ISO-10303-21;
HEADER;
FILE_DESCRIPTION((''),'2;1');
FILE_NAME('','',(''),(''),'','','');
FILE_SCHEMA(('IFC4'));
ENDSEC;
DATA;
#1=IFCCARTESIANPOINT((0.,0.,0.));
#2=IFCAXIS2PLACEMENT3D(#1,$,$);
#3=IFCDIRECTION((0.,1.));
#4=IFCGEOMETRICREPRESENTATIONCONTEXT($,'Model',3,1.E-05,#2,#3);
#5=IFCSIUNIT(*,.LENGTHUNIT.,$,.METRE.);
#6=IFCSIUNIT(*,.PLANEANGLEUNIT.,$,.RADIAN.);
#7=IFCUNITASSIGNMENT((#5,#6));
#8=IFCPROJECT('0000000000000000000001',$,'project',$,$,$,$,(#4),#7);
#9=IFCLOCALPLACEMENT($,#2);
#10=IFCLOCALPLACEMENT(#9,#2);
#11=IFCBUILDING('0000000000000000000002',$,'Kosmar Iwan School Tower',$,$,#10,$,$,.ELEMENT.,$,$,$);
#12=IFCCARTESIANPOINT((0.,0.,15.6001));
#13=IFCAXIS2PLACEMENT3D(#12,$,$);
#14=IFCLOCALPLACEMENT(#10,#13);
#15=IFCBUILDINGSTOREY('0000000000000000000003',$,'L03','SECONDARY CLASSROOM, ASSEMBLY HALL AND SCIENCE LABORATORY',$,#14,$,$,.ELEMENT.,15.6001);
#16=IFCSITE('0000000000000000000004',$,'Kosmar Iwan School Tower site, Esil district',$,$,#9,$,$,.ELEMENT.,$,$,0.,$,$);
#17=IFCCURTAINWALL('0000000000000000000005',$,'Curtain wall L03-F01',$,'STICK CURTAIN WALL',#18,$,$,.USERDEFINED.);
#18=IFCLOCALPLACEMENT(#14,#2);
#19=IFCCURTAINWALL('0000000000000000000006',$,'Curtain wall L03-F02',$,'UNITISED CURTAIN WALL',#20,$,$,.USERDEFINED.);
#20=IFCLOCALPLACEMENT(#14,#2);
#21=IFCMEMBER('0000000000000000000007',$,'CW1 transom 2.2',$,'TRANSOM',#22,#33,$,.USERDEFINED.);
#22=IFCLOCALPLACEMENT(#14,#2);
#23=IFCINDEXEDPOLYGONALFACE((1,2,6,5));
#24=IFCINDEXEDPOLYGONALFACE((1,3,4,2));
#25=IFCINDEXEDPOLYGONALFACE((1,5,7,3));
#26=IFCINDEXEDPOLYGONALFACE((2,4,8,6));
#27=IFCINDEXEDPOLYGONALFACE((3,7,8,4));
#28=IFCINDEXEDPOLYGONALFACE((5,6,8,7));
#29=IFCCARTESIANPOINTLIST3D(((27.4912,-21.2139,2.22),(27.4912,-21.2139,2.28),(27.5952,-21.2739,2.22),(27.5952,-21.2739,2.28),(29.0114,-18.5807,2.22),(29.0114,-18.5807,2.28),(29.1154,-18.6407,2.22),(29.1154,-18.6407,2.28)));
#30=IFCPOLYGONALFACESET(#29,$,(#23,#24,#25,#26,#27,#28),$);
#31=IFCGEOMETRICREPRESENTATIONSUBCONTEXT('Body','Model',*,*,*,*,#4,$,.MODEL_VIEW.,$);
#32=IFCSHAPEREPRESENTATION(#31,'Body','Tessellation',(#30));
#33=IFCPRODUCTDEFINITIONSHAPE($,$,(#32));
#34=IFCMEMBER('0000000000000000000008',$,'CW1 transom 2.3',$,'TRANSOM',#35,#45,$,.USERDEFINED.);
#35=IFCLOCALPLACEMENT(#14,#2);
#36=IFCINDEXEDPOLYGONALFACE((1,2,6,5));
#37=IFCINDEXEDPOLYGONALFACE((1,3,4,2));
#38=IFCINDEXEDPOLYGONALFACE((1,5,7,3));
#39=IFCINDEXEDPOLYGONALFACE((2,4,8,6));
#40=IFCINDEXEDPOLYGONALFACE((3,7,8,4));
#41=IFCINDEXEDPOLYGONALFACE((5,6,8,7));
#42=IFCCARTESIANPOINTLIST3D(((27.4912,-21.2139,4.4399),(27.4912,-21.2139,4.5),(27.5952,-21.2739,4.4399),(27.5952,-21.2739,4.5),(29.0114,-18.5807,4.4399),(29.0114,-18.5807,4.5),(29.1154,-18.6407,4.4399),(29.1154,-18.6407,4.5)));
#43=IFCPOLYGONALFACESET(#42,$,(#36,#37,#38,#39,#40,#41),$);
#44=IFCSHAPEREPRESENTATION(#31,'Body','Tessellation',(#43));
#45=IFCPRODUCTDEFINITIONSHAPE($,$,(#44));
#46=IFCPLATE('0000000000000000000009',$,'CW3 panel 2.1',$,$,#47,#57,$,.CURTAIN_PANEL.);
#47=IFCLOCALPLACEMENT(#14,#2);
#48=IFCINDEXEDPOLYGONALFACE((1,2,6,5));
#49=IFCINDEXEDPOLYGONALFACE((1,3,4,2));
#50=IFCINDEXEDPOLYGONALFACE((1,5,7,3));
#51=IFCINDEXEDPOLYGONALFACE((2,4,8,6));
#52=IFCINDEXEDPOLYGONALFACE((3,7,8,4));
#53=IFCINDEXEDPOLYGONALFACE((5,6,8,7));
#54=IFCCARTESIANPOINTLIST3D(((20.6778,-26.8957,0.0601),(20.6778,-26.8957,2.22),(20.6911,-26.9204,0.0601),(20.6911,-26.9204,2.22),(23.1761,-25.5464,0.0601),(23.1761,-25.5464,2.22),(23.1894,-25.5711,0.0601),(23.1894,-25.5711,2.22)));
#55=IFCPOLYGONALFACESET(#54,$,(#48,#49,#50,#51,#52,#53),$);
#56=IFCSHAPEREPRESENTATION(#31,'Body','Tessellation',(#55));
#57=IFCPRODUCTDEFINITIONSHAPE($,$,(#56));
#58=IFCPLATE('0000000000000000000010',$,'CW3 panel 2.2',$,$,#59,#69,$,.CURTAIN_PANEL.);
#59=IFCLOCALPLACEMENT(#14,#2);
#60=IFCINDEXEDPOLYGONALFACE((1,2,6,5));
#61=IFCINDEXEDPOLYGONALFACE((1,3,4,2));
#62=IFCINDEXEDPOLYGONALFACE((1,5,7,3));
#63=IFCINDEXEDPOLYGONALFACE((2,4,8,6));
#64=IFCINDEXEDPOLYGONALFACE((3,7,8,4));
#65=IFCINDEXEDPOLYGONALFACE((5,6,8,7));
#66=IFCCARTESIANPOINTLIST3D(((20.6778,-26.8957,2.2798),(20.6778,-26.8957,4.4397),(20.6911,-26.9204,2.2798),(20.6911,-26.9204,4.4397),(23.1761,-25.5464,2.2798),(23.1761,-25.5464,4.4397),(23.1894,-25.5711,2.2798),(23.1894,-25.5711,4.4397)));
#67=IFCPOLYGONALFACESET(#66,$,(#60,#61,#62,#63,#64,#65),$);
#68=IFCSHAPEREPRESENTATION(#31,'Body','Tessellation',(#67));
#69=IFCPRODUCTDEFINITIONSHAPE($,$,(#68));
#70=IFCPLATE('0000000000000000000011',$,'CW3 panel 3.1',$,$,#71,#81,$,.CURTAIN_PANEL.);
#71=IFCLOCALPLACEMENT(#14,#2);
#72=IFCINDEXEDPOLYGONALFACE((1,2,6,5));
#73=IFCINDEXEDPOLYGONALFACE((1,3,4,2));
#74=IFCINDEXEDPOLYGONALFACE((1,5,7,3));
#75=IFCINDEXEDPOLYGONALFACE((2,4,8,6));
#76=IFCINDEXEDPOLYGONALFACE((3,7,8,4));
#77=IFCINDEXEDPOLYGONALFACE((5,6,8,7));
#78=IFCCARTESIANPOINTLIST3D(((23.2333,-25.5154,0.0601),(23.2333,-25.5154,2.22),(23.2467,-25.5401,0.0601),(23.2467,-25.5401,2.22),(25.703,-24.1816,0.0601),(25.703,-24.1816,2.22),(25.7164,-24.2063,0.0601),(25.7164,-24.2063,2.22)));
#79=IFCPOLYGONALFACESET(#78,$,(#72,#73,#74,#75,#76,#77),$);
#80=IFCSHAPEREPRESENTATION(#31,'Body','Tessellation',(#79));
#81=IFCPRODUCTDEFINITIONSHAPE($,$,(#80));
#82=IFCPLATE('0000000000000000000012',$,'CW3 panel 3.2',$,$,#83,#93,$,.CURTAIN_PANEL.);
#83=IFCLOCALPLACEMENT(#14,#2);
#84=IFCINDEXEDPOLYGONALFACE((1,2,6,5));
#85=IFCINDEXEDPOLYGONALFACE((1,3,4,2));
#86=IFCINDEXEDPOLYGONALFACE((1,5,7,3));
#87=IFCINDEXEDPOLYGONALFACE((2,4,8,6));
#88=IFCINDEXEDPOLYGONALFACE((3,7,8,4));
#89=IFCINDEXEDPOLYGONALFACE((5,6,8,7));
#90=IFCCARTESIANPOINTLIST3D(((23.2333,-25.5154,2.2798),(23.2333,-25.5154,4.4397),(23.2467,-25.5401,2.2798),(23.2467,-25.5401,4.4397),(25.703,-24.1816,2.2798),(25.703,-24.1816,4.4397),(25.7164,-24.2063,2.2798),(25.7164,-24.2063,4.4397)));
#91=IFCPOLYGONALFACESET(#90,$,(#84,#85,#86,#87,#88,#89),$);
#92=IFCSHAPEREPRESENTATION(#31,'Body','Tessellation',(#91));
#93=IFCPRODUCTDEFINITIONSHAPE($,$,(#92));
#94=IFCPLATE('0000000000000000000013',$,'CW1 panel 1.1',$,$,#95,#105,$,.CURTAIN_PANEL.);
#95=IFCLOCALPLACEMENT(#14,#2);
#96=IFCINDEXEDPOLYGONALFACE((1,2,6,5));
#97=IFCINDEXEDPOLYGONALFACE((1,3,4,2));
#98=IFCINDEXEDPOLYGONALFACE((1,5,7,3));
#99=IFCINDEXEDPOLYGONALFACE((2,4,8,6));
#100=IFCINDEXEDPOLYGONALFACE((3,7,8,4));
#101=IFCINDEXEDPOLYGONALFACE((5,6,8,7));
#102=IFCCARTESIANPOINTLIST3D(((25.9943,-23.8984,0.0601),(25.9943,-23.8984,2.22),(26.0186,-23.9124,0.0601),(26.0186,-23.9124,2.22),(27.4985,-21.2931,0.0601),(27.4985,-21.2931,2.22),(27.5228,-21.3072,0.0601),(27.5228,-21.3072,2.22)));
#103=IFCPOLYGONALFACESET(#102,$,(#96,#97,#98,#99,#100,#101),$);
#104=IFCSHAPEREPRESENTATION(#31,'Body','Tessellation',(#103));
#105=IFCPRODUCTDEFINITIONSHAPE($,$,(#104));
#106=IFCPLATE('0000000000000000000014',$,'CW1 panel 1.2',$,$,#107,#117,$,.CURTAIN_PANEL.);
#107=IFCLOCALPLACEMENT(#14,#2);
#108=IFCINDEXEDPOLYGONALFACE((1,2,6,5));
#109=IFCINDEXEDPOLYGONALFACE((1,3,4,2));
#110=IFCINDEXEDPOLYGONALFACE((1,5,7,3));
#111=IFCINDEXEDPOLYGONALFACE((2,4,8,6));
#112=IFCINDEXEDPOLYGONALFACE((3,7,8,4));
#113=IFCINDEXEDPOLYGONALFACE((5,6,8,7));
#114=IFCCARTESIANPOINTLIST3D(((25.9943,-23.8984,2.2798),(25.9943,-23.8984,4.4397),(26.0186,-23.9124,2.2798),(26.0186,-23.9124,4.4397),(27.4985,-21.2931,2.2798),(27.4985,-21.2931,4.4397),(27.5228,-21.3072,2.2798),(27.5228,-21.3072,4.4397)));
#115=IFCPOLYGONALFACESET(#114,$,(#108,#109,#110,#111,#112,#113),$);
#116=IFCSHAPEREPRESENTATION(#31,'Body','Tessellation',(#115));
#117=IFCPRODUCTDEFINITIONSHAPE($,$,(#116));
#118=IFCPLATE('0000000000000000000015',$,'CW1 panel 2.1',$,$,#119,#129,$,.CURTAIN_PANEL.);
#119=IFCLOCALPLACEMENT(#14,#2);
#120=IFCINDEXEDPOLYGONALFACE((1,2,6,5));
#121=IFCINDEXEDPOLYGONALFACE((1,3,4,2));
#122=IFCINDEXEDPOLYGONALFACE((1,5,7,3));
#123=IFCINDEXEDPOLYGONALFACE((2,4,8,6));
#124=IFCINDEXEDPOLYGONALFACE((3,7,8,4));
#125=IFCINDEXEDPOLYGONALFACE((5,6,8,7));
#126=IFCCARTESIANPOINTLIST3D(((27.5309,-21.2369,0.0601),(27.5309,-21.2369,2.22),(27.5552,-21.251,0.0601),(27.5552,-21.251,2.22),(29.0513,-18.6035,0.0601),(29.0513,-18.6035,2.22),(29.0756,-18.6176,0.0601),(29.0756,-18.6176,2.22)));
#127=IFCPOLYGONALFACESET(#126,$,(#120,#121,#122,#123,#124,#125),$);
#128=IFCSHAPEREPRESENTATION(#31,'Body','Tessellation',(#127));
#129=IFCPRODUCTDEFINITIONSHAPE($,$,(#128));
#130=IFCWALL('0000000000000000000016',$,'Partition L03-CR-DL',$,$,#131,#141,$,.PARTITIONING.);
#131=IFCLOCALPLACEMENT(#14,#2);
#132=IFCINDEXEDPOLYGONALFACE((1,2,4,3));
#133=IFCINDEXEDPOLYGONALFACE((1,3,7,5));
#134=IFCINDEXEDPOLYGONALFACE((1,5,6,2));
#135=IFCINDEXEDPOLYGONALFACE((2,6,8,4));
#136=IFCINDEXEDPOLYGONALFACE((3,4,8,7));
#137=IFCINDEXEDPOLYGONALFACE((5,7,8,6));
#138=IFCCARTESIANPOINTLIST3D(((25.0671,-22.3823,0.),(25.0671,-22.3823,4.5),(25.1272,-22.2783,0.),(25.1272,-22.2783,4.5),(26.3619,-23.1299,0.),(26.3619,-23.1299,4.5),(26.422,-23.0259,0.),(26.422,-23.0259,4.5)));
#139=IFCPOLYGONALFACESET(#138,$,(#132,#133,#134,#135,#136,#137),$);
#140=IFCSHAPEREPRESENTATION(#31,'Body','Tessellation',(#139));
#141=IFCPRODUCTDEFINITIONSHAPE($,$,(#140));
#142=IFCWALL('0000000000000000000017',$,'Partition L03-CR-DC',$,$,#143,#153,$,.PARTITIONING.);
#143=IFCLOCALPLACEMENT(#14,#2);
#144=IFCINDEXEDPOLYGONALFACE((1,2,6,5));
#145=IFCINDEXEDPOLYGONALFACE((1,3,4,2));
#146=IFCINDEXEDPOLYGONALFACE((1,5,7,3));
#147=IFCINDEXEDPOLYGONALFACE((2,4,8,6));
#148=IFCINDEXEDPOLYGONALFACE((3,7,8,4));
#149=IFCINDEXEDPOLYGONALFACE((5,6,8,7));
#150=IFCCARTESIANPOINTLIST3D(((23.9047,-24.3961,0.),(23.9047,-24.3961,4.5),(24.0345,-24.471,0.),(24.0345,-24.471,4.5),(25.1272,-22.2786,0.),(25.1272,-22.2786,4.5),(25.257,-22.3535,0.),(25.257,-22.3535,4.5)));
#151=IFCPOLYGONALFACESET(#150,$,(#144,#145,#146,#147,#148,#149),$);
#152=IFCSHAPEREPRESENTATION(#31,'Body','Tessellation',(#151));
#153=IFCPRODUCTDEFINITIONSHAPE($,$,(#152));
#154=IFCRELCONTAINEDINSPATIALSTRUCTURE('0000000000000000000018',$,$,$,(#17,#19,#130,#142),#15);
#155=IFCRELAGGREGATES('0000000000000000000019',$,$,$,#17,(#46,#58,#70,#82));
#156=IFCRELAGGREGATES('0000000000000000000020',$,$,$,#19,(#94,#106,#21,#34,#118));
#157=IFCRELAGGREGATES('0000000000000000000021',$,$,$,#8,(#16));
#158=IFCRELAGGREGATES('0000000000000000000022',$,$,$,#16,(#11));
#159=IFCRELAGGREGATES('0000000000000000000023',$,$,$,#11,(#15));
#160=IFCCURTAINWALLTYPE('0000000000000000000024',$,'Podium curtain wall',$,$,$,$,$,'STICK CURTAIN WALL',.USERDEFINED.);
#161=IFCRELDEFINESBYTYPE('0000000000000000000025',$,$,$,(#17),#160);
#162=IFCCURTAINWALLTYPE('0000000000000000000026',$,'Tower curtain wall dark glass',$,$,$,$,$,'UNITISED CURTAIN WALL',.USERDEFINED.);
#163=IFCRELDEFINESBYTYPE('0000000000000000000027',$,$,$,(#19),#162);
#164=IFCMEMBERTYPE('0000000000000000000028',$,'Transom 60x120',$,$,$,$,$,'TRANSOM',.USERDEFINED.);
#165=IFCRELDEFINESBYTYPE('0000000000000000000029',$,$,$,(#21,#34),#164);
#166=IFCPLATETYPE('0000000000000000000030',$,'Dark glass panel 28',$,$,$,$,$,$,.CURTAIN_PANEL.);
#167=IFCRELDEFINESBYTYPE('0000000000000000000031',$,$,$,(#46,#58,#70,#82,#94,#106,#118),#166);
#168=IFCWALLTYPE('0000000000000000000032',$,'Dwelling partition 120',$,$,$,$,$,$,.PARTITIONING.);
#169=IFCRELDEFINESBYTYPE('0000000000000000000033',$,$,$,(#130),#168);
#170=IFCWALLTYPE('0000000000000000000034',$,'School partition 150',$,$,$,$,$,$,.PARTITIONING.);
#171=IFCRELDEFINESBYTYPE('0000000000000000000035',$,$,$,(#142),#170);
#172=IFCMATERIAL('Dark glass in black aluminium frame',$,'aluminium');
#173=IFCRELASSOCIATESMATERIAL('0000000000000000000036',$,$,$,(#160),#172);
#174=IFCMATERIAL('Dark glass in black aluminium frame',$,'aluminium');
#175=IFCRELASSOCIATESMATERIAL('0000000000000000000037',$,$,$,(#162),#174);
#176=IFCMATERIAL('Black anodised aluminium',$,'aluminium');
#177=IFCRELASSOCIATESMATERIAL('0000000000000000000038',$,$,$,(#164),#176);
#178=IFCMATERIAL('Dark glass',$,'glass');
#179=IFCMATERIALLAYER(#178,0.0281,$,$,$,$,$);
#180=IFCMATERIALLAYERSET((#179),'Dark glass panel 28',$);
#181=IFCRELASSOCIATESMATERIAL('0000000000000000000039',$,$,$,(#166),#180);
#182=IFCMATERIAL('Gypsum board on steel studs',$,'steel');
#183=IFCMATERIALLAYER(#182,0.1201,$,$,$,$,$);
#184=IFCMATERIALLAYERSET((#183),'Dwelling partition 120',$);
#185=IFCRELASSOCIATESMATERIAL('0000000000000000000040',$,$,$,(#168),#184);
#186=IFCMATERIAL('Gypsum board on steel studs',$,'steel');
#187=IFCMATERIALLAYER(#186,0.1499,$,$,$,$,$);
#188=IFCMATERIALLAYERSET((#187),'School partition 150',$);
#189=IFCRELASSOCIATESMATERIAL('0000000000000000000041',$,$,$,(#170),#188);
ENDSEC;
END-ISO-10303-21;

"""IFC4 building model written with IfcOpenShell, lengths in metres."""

from ifc_helpers import new_model, si_unit, direction, frame, frame_2d, origin, origin_2d, place, context, subcontext, project, spatial, rectangle, extrude, material, layer, layer_set, material_profile, profile_set, type_object, element, aggregate, save


model = new_model("IFC4")

# Units and contexts
model_context = context("Model", 3, precision=1e-05, world=origin(), true_north=direction((0.0, 1.0)))
body_context = subcontext(model_context, "Body", "Model", "MODEL_VIEW")
ifc_project = project(units=[si_unit("LENGTHUNIT", "METRE"), si_unit("PLANEANGLEUNIT", "RADIAN")], contexts=[model_context])

# Site, building, storey
site_placement = place(None, origin())
site = spatial("IfcSite", under=ifc_project, at=site_placement, Name="Kosmar Iwan School Tower site, Esil district", CompositionType="ELEMENT", RefElevation=0.0)
building_placement = place(site_placement, origin())
building = spatial("IfcBuilding", under=site, at=building_placement, Name="Kosmar Iwan School Tower", CompositionType="ELEMENT")
storey_placement = place(building_placement, frame((0.0, 0.0, 15.6001)))
storey = spatial("IfcBuildingStorey", under=building, at=storey_placement, Name="L03", Description="SECONDARY CLASSROOM, ASSEMBLY HALL AND SCIENCE LABORATORY", CompositionType="ELEMENT", Elevation=15.6001)

# Curtain walls
ifc_material_1 = material(Name="Dark glass in black aluminium frame", Category="aluminium")
curtain_wall_type_1 = type_object("IfcCurtainWallType", Name="Podium curtain wall", ElementType="STICK CURTAIN WALL", PredefinedType="USERDEFINED", material=ifc_material_1)
curtain_wall_1_placement = place(storey_placement, origin())
curtain_wall_1 = element("IfcCurtainWall", 1, at=curtain_wall_1_placement, inside=storey, type_object=curtain_wall_type_1, Name="Curtain wall L03-F01", ObjectType="STICK CURTAIN WALL", PredefinedType="USERDEFINED")
ifc_material_2 = material(Name="Dark glass in black aluminium frame", Category="aluminium")
curtain_wall_type_2 = type_object("IfcCurtainWallType", Name="Tower curtain wall dark glass", ElementType="UNITISED CURTAIN WALL", PredefinedType="USERDEFINED", material=ifc_material_2)
curtain_wall_2_placement = place(storey_placement, origin())
curtain_wall_2 = element("IfcCurtainWall", 2, at=curtain_wall_2_placement, inside=storey, type_object=curtain_wall_type_2, Name="Curtain wall L03-F02", ObjectType="UNITISED CURTAIN WALL", PredefinedType="USERDEFINED")

# Members
ifc_material_3 = material(Name="Black anodised aluminium", Category="aluminium")
ifc_material_profile_1 = material_profile(ifc_material_3, rectangle(XDim=0.1201, YDim=0.0601, at=origin_2d()), Name="TRANSOM 60x120")
ifc_profile_set_1 = profile_set([ifc_material_profile_1], Name="Black anodised aluminium")
member_type_1 = type_object("IfcMemberType", Name="Transom 60x120", ElementType="TRANSOM", PredefinedType="USERDEFINED", material=ifc_profile_set_1)
member_1_placement = place(storey_placement, frame((27.5432, -21.2439, 2.25), z_axis=(0.499982, 0.866036, 0.0), x_axis=(-0.866036, 0.499982, 0.0)))
member_1 = element("IfcMember", 3, at=member_1_placement, type_object=member_type_1, Name="CW1 transom 2.2", ObjectType="TRANSOM", PredefinedType="USERDEFINED", context=body_context, shape_type="SweptSolid", body=[
    extrude(rectangle(XDim=0.1201, YDim=0.0601, at=origin_2d()), origin(), (0.0, 0.0, 1.0), 3.0405),
])
member_2_placement = place(storey_placement, frame((27.5432, -21.2439, 4.47), z_axis=(0.499982, 0.866036, 0.0), x_axis=(-0.866036, 0.499982, 0.0)))
member_2 = element("IfcMember", 4, at=member_2_placement, type_object=member_type_1, Name="CW1 transom 2.3", ObjectType="TRANSOM", PredefinedType="USERDEFINED", context=body_context, shape_type="SweptSolid", body=[
    extrude(rectangle(XDim=0.1201, YDim=0.0601, at=origin_2d()), origin(), (0.0, 0.0, 1.0), 3.0405),
])

# Plates
ifc_material_4 = material(Name="Dark glass", Category="glass")
ifc_layer_1 = layer(ifc_material_4, 0.0281)
ifc_layer_set_1 = layer_set([ifc_layer_1], Name="Dark glass panel 28")
plate_type = type_object("IfcPlateType", Name="Dark glass panel 28", PredefinedType="CURTAIN_PANEL", material=ifc_layer_set_1)
plate_1_placement = place(storey_placement, frame((21.9336, -26.2334, 0.0601), z_axis=(0.0, 0.0, 1.0), x_axis=(0.879869, 0.475215, 0.0)))
plate_1 = element("IfcPlate", 5, at=plate_1_placement, type_object=plate_type, Name="CW3 panel 2.1", PredefinedType="CURTAIN_PANEL", context=body_context, shape_type="SweptSolid", body=[
    extrude(rectangle(XDim=2.8394, YDim=0.0281, at=origin_2d()), origin(), (0.0, 0.0, 1.0), 2.1599),
])
plate_2_placement = place(storey_placement, frame((21.9336, -26.2334, 2.2798), z_axis=(0.0, 0.0, 1.0), x_axis=(0.879869, 0.475215, 0.0)))
plate_2 = element("IfcPlate", 6, at=plate_2_placement, type_object=plate_type, Name="CW3 panel 2.2", PredefinedType="CURTAIN_PANEL", context=body_context, shape_type="SweptSolid", body=[
    extrude(rectangle(XDim=2.8394, YDim=0.0281, at=origin_2d()), origin(), (0.0, 0.0, 1.0), 2.1599),
])
plate_3_placement = place(storey_placement, frame((24.4749, -24.8608, 0.0601), z_axis=(0.0, 0.0, 1.0), x_axis=(0.879869, 0.475215, 0.0)))
plate_3 = element("IfcPlate", 7, at=plate_3_placement, type_object=plate_type, Name="CW3 panel 3.1", PredefinedType="CURTAIN_PANEL", context=body_context, shape_type="SweptSolid", body=[
    extrude(rectangle(XDim=2.8069, YDim=0.0281, at=origin_2d()), origin(), (0.0, 0.0, 1.0), 2.1599),
])
plate_4_placement = place(storey_placement, frame((24.4749, -24.8608, 2.2798), z_axis=(0.0, 0.0, 1.0), x_axis=(0.879869, 0.475215, 0.0)))
plate_4 = element("IfcPlate", 8, at=plate_4_placement, type_object=plate_type, Name="CW3 panel 3.2", PredefinedType="CURTAIN_PANEL", context=body_context, shape_type="SweptSolid", body=[
    extrude(rectangle(XDim=2.8069, YDim=0.0281, at=origin_2d()), origin(), (0.0, 0.0, 1.0), 2.1599),
])
aggregate(curtain_wall_1, [plate_1, plate_2, plate_3, plate_4])
plate_5_placement = place(storey_placement, frame((26.7585, -22.6028, 0.0601), z_axis=(0.0, 0.0, 1.0), x_axis=(0.5, 0.866025, 0.0)))
plate_5 = element("IfcPlate", 9, at=plate_5_placement, type_object=plate_type, Name="CW1 panel 1.1", PredefinedType="CURTAIN_PANEL", context=body_context, shape_type="SweptSolid", body=[
    extrude(rectangle(XDim=3.0083, YDim=0.0281, at=origin_2d()), origin(), (0.0, 0.0, 1.0), 2.1599),
])
plate_6_placement = place(storey_placement, frame((26.7585, -22.6028, 2.2798), z_axis=(0.0, 0.0, 1.0), x_axis=(0.5, 0.866025, 0.0)))
plate_6 = element("IfcPlate", 10, at=plate_6_placement, type_object=plate_type, Name="CW1 panel 1.2", PredefinedType="CURTAIN_PANEL", context=body_context, shape_type="SweptSolid", body=[
    extrude(rectangle(XDim=3.0083, YDim=0.0281, at=origin_2d()), origin(), (0.0, 0.0, 1.0), 2.1599),
])
plate_7_placement = place(storey_placement, frame((28.3032, -19.9272, 0.0601), z_axis=(0.0, 0.0, 1.0), x_axis=(0.5, 0.866025, 0.0)))
plate_7 = element("IfcPlate", 11, at=plate_7_placement, type_object=plate_type, Name="CW1 panel 2.1", PredefinedType="CURTAIN_PANEL", context=body_context, shape_type="SweptSolid", body=[
    extrude(rectangle(XDim=3.0408, YDim=0.0281, at=origin_2d()), origin(), (0.0, 0.0, 1.0), 2.1599),
])
aggregate(curtain_wall_2, [plate_5, plate_6, member_1, member_2, plate_7])

# Walls
ifc_material_5 = material(Name="Gypsum board on steel studs", Category="steel")
ifc_layer_2 = layer(ifc_material_5, 0.1201)
ifc_layer_set_2 = layer_set([ifc_layer_2], Name="Dwelling partition 120")
wall_type_1 = type_object("IfcWallType", Name="Dwelling partition 120", PredefinedType="PARTITIONING", material=ifc_layer_set_2)
wall_1_placement = place(storey_placement, frame((25.0972, -22.3303, 0.0), z_axis=(0.0, 0.0, 1.0), x_axis=(0.866003, -0.500038, 0.0)))
element("IfcWall", 12, at=wall_1_placement, inside=storey, type_object=wall_type_1, Name="Partition L03-CR-DL", PredefinedType="PARTITIONING", context=body_context, shape_type="SweptSolid", body=[
    extrude(rectangle(XDim=1.4951, YDim=0.1201, at=frame_2d((0.7476, 0.0))), origin(), (0.0, 0.0, 1.0), 4.5),
])
ifc_material_6 = material(Name="Gypsum board on steel studs", Category="steel")
ifc_layer_3 = layer(ifc_material_6, 0.1499)
ifc_layer_set_3 = layer_set([ifc_layer_3], Name="School partition 150")
wall_type_2 = type_object("IfcWallType", Name="School partition 150", PredefinedType="PARTITIONING", material=ifc_layer_set_3)
wall_2_placement = place(storey_placement, frame((25.1921, -22.3159, 0.0), z_axis=(0.0, 0.0, 1.0), x_axis=(-0.499973, -0.866041, 0.0)))
element("IfcWall", 13, at=wall_2_placement, inside=storey, type_object=wall_type_2, Name="Partition L03-CR-DC", PredefinedType="PARTITIONING", context=body_context, shape_type="SweptSolid", body=[
    extrude(rectangle(XDim=2.4451, YDim=0.1499, at=frame_2d((1.2227, 0.0))), origin(), (0.0, 0.0, 1.0), 4.5),
])

save(model, "model.ifc")
